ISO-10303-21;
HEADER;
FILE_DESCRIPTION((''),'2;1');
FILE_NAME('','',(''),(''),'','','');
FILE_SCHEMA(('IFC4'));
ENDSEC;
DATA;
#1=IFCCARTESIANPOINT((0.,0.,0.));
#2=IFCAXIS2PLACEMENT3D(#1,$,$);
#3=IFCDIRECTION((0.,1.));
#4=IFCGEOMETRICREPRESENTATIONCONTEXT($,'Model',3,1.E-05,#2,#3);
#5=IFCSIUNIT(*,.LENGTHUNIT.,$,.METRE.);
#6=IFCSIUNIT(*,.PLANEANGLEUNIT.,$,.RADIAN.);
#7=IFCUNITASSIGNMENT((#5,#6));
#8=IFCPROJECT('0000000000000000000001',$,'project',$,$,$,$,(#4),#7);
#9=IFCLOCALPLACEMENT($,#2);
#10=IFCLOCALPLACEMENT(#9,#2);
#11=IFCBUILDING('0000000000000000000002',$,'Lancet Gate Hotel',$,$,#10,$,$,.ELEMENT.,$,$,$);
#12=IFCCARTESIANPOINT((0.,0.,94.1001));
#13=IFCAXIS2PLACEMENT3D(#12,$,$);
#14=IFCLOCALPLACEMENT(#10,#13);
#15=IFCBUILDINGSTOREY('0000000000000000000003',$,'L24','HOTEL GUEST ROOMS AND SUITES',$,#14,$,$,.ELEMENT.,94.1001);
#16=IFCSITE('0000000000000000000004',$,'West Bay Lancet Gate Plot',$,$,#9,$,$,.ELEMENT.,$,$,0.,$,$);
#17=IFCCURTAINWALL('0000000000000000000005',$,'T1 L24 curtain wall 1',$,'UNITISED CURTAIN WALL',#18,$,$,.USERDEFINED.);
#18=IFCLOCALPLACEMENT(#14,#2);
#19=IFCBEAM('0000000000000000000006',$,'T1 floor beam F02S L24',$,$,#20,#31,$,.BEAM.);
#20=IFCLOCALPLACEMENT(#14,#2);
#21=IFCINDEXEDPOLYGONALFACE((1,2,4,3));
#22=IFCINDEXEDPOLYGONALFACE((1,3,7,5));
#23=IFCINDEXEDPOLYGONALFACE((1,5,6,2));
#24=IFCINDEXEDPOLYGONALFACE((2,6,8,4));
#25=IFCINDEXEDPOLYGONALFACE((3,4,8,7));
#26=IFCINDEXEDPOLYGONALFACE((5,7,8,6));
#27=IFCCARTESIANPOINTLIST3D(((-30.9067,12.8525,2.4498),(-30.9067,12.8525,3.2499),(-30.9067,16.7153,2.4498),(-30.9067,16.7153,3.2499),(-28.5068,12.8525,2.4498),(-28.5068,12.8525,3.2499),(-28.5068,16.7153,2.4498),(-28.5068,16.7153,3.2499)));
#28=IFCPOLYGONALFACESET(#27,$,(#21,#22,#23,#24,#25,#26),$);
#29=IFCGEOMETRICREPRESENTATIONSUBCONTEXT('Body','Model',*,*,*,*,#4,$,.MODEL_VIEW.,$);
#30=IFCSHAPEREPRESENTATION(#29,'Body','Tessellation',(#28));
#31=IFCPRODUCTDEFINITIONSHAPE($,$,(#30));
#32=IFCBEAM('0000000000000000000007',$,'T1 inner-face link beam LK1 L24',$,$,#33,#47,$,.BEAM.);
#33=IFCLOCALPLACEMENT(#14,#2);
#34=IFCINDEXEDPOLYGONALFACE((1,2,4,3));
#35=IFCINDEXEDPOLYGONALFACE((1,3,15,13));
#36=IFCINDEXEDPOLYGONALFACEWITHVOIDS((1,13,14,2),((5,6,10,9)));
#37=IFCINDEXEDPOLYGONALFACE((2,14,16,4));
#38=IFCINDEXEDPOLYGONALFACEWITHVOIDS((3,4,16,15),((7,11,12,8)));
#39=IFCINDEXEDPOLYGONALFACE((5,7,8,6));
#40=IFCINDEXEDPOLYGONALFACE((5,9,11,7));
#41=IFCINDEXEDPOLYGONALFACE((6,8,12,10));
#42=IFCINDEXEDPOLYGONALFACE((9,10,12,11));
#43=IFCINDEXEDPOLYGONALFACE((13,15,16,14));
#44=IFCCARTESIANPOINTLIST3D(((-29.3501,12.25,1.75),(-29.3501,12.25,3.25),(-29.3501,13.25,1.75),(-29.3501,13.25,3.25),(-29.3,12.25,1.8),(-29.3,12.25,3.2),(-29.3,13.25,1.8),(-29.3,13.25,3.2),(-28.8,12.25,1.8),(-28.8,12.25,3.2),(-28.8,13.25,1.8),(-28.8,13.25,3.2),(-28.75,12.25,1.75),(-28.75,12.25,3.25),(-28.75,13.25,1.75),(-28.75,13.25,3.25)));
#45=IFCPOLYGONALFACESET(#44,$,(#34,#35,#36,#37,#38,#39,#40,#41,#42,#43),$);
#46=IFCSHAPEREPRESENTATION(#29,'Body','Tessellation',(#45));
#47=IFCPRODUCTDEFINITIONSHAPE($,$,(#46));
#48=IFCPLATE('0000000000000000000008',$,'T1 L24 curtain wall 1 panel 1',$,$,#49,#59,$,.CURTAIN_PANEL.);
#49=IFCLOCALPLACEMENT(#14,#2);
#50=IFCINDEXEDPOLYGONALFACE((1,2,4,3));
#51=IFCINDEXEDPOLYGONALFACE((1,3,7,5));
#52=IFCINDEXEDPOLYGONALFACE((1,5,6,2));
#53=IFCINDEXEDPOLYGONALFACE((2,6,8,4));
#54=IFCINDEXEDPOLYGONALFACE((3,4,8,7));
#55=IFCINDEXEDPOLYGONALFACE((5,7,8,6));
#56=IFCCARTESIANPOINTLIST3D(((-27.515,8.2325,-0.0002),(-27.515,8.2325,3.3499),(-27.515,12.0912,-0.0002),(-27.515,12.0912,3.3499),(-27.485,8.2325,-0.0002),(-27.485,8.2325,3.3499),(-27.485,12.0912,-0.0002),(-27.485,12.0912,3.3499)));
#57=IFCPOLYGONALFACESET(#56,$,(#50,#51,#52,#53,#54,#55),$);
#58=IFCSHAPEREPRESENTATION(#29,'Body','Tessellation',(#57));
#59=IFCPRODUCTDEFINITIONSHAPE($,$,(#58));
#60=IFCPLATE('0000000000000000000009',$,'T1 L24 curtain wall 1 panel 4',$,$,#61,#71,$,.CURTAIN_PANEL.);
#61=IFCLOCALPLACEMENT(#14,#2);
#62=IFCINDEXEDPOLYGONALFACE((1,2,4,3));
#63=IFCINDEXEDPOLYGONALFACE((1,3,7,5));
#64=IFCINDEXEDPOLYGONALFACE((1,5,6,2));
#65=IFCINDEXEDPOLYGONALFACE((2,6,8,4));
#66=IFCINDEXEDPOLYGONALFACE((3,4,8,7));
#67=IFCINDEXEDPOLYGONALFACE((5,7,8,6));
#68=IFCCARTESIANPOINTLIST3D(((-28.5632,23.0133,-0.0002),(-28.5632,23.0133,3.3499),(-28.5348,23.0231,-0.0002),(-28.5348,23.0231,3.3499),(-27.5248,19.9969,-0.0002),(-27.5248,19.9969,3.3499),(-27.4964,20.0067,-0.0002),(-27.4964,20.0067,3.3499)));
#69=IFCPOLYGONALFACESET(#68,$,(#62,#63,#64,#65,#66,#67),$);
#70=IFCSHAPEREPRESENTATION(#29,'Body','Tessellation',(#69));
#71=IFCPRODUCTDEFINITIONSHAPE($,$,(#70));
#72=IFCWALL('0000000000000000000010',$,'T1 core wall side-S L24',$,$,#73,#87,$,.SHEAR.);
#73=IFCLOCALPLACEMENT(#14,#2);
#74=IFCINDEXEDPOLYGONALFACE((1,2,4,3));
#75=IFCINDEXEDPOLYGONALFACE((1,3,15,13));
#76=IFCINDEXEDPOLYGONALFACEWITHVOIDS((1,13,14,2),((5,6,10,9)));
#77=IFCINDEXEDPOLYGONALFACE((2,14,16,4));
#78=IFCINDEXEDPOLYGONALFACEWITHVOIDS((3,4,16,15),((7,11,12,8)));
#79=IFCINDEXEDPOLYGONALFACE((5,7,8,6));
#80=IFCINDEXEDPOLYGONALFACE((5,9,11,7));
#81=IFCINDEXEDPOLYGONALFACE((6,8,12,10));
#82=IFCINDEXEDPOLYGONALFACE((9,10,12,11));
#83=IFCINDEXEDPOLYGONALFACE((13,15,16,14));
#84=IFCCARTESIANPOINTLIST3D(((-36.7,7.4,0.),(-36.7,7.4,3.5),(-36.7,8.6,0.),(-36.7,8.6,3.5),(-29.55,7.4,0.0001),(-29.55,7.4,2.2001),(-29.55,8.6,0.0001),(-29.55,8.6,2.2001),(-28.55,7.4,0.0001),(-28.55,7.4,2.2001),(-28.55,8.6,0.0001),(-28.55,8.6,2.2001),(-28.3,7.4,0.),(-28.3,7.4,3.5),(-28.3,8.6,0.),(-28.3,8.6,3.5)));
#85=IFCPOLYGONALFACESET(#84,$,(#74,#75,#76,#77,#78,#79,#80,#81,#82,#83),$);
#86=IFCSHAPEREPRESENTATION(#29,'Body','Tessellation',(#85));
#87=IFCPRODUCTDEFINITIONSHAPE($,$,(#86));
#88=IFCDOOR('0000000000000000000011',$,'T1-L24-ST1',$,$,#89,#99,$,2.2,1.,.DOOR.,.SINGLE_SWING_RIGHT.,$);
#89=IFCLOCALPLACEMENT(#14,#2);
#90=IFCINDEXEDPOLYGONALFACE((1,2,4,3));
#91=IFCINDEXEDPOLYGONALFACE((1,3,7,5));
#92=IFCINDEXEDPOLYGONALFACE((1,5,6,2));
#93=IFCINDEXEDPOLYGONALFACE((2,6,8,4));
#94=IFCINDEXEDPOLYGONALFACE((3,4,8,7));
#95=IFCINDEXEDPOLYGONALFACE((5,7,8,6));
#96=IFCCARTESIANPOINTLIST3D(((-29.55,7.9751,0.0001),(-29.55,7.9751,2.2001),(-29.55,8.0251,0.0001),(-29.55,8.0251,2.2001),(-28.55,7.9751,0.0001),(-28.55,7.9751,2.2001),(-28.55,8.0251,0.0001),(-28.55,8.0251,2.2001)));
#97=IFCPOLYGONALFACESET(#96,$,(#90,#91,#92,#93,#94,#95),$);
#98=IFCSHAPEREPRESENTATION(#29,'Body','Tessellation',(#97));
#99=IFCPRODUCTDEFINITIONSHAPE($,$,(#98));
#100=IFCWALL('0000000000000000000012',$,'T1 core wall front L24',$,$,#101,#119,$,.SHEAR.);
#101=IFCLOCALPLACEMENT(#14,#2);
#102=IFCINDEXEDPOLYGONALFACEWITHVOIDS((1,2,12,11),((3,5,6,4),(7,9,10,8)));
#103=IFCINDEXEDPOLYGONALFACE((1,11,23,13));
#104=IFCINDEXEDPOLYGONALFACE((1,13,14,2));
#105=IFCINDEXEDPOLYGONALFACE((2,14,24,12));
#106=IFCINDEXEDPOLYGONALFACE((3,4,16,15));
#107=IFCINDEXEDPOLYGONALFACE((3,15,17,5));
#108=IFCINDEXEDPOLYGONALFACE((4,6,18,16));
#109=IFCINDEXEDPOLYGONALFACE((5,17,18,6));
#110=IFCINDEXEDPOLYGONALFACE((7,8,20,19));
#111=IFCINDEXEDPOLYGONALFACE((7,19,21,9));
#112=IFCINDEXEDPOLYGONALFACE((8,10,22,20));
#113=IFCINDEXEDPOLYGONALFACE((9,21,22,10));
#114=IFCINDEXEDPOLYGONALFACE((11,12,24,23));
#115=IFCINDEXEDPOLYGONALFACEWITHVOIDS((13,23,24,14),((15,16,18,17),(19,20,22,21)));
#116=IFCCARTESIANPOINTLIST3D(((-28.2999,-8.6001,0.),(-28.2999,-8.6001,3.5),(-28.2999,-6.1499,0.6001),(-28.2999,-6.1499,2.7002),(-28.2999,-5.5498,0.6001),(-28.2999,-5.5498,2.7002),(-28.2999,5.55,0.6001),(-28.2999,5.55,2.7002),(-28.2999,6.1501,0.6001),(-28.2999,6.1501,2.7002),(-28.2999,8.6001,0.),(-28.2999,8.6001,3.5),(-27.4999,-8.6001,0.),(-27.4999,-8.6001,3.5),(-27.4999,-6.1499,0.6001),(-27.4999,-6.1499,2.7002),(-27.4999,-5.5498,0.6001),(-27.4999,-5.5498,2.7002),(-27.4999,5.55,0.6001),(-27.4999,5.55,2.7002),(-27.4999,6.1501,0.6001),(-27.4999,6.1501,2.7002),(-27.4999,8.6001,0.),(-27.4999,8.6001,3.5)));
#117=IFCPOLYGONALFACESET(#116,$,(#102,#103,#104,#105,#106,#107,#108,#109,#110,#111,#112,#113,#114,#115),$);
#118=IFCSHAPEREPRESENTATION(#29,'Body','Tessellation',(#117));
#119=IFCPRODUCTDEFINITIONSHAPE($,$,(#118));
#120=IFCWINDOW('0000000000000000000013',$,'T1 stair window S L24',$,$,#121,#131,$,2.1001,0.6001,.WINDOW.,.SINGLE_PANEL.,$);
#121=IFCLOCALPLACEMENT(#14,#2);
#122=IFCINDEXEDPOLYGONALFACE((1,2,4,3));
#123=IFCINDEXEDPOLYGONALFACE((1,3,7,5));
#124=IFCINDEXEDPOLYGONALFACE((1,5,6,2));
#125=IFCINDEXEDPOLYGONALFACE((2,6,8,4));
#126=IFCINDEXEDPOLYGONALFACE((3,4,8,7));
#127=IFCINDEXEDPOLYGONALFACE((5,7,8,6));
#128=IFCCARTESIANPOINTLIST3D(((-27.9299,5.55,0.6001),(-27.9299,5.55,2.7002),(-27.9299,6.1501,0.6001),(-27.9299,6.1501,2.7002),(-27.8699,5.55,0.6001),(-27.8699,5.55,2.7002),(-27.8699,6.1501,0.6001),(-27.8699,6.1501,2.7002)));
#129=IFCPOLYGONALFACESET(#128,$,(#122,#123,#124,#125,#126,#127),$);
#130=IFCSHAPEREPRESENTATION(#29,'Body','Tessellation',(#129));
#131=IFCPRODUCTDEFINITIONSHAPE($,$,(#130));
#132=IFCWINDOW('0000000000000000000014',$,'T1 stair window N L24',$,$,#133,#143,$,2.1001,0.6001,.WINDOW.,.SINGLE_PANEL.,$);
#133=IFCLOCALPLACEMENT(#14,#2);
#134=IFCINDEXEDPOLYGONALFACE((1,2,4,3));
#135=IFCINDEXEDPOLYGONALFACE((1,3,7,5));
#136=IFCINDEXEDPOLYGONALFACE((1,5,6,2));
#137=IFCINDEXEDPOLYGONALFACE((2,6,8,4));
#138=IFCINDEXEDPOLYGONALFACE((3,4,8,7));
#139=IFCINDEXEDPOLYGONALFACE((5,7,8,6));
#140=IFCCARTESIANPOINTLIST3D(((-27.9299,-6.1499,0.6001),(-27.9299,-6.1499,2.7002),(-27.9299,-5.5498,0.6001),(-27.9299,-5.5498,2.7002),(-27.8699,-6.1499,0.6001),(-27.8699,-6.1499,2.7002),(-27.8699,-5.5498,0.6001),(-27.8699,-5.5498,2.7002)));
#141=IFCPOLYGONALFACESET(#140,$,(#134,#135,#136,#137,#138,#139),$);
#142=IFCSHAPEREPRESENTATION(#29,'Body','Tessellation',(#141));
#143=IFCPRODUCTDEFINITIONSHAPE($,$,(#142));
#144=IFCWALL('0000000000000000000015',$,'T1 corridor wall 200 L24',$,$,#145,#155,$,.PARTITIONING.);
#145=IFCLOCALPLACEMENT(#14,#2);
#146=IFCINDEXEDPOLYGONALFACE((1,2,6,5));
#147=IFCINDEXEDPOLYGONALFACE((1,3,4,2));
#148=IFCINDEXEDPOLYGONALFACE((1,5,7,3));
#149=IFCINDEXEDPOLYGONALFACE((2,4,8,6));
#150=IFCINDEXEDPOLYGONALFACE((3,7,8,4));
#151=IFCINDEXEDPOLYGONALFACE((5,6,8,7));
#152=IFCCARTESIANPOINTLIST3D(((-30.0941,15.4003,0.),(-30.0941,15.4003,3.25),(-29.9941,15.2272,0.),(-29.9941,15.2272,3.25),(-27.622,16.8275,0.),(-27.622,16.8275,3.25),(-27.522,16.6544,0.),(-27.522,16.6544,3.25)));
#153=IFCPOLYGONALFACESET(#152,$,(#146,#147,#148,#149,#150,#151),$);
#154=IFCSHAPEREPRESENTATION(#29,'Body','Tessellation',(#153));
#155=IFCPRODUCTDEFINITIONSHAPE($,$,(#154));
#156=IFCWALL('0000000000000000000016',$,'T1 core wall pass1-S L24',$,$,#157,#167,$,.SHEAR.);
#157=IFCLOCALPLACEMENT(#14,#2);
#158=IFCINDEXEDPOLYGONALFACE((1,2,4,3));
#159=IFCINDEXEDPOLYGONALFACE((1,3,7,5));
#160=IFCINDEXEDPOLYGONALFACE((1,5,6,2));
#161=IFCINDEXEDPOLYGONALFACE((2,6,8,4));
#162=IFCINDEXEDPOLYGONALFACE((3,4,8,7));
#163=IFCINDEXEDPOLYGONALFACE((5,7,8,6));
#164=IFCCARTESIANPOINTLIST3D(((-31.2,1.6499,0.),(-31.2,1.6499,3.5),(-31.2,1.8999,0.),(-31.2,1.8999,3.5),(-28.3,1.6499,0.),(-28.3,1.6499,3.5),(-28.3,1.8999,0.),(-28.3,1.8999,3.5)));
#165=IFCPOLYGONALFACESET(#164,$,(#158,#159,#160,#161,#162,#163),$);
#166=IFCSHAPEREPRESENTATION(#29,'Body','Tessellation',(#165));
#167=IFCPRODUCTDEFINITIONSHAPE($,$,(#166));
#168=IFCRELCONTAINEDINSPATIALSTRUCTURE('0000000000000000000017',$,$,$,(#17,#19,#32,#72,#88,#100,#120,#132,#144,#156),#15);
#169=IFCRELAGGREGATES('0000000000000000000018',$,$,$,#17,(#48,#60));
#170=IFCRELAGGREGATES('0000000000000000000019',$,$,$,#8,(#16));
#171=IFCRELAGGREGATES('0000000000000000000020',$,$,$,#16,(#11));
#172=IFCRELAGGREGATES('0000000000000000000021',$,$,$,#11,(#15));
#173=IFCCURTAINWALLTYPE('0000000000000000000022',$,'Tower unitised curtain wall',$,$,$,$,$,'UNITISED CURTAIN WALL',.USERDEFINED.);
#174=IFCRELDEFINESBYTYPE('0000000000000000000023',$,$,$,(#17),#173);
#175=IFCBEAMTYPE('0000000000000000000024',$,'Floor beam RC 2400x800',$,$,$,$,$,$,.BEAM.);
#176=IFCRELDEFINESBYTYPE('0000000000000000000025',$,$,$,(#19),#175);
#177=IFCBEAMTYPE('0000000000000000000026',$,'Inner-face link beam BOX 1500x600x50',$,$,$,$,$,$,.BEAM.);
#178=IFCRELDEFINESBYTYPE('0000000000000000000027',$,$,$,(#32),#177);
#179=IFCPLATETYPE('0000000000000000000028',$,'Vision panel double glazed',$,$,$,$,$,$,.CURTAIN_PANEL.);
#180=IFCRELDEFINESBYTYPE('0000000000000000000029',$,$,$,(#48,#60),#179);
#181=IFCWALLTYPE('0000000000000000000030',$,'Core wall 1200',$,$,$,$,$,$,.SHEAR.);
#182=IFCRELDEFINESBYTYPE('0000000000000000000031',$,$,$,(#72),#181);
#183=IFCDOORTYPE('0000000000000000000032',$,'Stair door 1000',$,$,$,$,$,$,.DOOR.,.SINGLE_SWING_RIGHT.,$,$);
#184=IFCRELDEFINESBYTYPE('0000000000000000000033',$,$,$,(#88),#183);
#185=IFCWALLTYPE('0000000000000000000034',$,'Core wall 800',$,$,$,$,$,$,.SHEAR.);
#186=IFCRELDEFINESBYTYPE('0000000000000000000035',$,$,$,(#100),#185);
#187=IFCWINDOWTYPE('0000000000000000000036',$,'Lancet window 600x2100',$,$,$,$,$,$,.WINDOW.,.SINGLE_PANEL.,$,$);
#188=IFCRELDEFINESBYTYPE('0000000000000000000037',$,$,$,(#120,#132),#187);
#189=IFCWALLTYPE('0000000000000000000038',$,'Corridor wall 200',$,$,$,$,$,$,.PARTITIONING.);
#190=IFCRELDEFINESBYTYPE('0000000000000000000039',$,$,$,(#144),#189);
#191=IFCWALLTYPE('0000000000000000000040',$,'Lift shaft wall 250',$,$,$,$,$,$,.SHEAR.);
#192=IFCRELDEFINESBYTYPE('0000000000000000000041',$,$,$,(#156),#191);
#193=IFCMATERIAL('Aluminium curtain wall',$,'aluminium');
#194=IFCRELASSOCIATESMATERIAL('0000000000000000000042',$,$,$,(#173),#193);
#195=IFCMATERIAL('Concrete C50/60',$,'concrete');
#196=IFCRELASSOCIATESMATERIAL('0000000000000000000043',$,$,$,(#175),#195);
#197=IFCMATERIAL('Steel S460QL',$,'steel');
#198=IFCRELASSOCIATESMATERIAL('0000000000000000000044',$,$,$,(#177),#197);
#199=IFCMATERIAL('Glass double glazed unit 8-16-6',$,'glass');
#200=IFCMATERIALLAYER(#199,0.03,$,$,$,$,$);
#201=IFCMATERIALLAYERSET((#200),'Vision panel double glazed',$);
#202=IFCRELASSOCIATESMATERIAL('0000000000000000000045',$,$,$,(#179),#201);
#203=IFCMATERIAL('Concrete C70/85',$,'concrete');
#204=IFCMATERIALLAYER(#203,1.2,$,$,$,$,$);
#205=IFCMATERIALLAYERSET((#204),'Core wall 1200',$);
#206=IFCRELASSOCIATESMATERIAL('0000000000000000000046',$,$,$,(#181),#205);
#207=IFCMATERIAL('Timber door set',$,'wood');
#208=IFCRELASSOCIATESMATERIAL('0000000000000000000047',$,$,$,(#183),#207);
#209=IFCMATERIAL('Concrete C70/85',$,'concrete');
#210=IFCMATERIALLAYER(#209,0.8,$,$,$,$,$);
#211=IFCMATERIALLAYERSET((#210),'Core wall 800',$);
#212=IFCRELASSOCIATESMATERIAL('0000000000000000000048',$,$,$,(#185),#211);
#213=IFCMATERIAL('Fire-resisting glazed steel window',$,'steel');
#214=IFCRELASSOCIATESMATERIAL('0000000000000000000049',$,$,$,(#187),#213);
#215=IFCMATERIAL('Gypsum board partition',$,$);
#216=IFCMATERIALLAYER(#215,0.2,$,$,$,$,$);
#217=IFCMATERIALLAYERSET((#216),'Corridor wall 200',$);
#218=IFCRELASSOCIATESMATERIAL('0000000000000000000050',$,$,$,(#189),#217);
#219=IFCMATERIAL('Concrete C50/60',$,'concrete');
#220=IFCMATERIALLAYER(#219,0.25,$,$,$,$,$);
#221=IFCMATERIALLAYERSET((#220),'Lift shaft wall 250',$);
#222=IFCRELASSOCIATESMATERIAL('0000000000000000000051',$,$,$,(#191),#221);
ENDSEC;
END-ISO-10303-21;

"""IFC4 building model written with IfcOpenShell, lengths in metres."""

from ifc_helpers import new_model, si_unit, direction, frame, frame_2d, origin, origin_2d, place, context, subcontext, project, spatial, rectangle, hollow_rectangle, extrude, material, layer, layer_set, material_profile, profile_set, type_object, element, fill, aggregate, save


model = new_model("IFC4")

# Units and contexts
model_context = context("Model", 3, precision=1e-05, world=origin(), true_north=direction((0.0, 1.0)))
body_context = subcontext(model_context, "Body", "Model", "MODEL_VIEW")
ifc_project = project(units=[si_unit("LENGTHUNIT", "METRE"), si_unit("PLANEANGLEUNIT", "RADIAN")], contexts=[model_context])

# Site, building, storey
site_placement = place(None, origin())
site = spatial("IfcSite", under=ifc_project, at=site_placement, Name="West Bay Lancet Gate Plot", CompositionType="ELEMENT", RefElevation=0.0)
building_placement = place(site_placement, origin())
building = spatial("IfcBuilding", under=site, at=building_placement, Name="Lancet Gate Hotel", CompositionType="ELEMENT")
storey_placement = place(building_placement, frame((0.0, 0.0, 94.1001)))
storey = spatial("IfcBuildingStorey", under=building, at=storey_placement, Name="L24", Description="HOTEL GUEST ROOMS AND SUITES", CompositionType="ELEMENT", Elevation=94.1001)

# Curtain wall
ifc_material_1 = material(Name="Aluminium curtain wall", Category="aluminium")
curtain_wall_type = type_object("IfcCurtainWallType", Name="Tower unitised curtain wall", ElementType="UNITISED CURTAIN WALL", PredefinedType="USERDEFINED", material=ifc_material_1)
curtain_wall_placement = place(storey_placement, origin())
curtain_wall = element("IfcCurtainWall", 1, at=curtain_wall_placement, inside=storey, type_object=curtain_wall_type, Name="T1 L24 curtain wall 1", ObjectType="UNITISED CURTAIN WALL", PredefinedType="USERDEFINED")

# Beams
ifc_material_2 = material(Name="Concrete C50/60", Category="concrete")
ifc_material_profile_1 = material_profile(ifc_material_2, rectangle(XDim=2.3999, YDim=0.8, at=origin_2d()), Name="RC 2400x800")
ifc_profile_set_1 = profile_set([ifc_material_profile_1], Name="Concrete C50/60")
beam_type_1 = type_object("IfcBeamType", Name="Floor beam RC 2400x800", PredefinedType="BEAM", material=ifc_profile_set_1)
beam_1_placement = place(storey_placement, frame((-29.7068, 16.7153, 2.8499), z_axis=(0.0, -1.0, 0.0), x_axis=(1.0, 0.0, 0.0)))
element("IfcBeam", 2, at=beam_1_placement, inside=storey, type_object=beam_type_1, Name="T1 floor beam F02S L24", PredefinedType="BEAM", context=body_context, shape_type="SweptSolid", body=[
    extrude(rectangle(XDim=2.3999, YDim=0.8, at=origin_2d()), origin(), (0.0, 0.0, 1.0), 3.8628),
])
ifc_material_3 = material(Name="Steel S460QL", Category="steel")
ifc_material_profile_2 = material_profile(ifc_material_3, hollow_rectangle(XDim=0.6001, YDim=1.5, WallThickness=0.05, at=origin_2d()), Name="BOX 1500x600x50")
ifc_profile_set_2 = profile_set([ifc_material_profile_2], Name="Steel S460QL")
beam_type_2 = type_object("IfcBeamType", Name="Inner-face link beam BOX 1500x600x50", PredefinedType="BEAM", material=ifc_profile_set_2)
beam_2_placement = place(storey_placement, frame((-29.05, 13.25, 2.5), z_axis=(0.0, -1.0, 0.0), x_axis=(1.0, 0.0, 0.0)))
element("IfcBeam", 3, at=beam_2_placement, inside=storey, type_object=beam_type_2, Name="T1 inner-face link beam LK1 L24", PredefinedType="BEAM", context=body_context, shape_type="SweptSolid", body=[
    extrude(hollow_rectangle(XDim=0.6001, YDim=1.5, WallThickness=0.05, at=origin_2d()), origin(), (0.0, 0.0, 1.0), 1.0),
])

# Plates
ifc_material_4 = material(Name="Glass double glazed unit 8-16-6", Category="glass")
ifc_layer_1 = layer(ifc_material_4, 0.03)
ifc_layer_set_1 = layer_set([ifc_layer_1], Name="Vision panel double glazed")
plate_type = type_object("IfcPlateType", Name="Vision panel double glazed", PredefinedType="CURTAIN_PANEL", material=ifc_layer_set_1)
plate_1_placement = place(storey_placement, frame((-27.5, 10.1619, -0.0002), z_axis=(0.0, 0.0, 1.0), x_axis=(0.0, 1.0, 0.0)))
plate_1 = element("IfcPlate", 4, at=plate_1_placement, type_object=plate_type, Name="T1 L24 curtain wall 1 panel 1", PredefinedType="CURTAIN_PANEL", context=body_context, shape_type="SweptSolid", body=[
    extrude(rectangle(XDim=3.8586, YDim=0.03, at=origin_2d()), origin(), (0.0, 0.0, 1.0), 3.3501),
])
plate_2_placement = place(storey_placement, frame((-28.0298, 21.51, -0.0002), z_axis=(0.0, 0.0, 1.0), x_axis=(-0.325516, 0.945537, 0.0)))
plate_2 = element("IfcPlate", 5, at=plate_2_placement, type_object=plate_type, Name="T1 L24 curtain wall 1 panel 4", PredefinedType="CURTAIN_PANEL", context=body_context, shape_type="SweptSolid", body=[
    extrude(rectangle(XDim=3.1902, YDim=0.03, at=origin_2d()), origin(), (0.0, 0.0, 1.0), 3.3501),
])
aggregate(curtain_wall, [plate_1, plate_2])

# Wall, opening, door
ifc_material_5 = material(Name="Concrete C70/85", Category="concrete")
ifc_layer_2 = layer(ifc_material_5, 1.2)
ifc_layer_set_2 = layer_set([ifc_layer_2], Name="Core wall 1200")
wall_type_1 = type_object("IfcWallType", Name="Core wall 1200", PredefinedType="SHEAR", material=ifc_layer_set_2)
wall_1_placement = place(storey_placement, frame((-28.3, 8.0, 0.0), z_axis=(0.0, 0.0, 1.0), x_axis=(-1.0, 0.0, 0.0)))
wall_1 = element("IfcWall", 6, at=wall_1_placement, inside=storey, type_object=wall_type_1, Name="T1 core wall side-S L24", PredefinedType="SHEAR", context=body_context, shape_type="SweptSolid", body=[
    extrude(rectangle(XDim=8.3999, YDim=1.2, at=frame_2d((4.2, 0.0))), origin(), (0.0, 0.0, 1.0), 3.5),
])
opening_1_placement = place(wall_1_placement, frame((0.25, 0.0, 0.0)))
opening_1 = element("IfcOpeningElement", 7, at=opening_1_placement, cuts=wall_1, PredefinedType="OPENING", context=body_context, shape_type="SweptSolid", body=[
    extrude(rectangle(XDim=1.0, YDim=2.2, at=frame_2d((0.5, 1.1001))), frame((0.0, 0.6099, 0.0), z_axis=(0.0, -1.0, 0.0), x_axis=(1.0, 0.0, 0.0)), (0.0, 0.0, 1.0), 1.22),
])
ifc_material_6 = material(Name="Timber door set", Category="wood")
door_type = type_object("IfcDoorType", Name="Stair door 1000", OperationType="SINGLE_SWING_RIGHT", PredefinedType="DOOR", material=ifc_material_6)
door_placement = place(opening_1_placement, origin())
door = element("IfcDoor", 8, at=door_placement, inside=storey, type_object=door_type, Name="T1-L24-ST1", OperationType="SINGLE_SWING_RIGHT", OverallHeight=2.2, OverallWidth=1.0, PredefinedType="DOOR", context=body_context, shape_type="SweptSolid", body=[
    extrude(rectangle(XDim=1.0, YDim=2.2, at=frame_2d((0.5, 1.1001))), frame((0.0, 0.0249, 0.0), z_axis=(0.0, -1.0, 0.0), x_axis=(1.0, 0.0, 0.0)), (0.0, 0.0, 1.0), 0.05),
])
fill(opening_1, door)

# Wall, openings, windows
ifc_material_7 = material(Name="Concrete C70/85", Category="concrete")
ifc_layer_3 = layer(ifc_material_7, 0.8)
ifc_layer_set_3 = layer_set([ifc_layer_3], Name="Core wall 800")
wall_type_2 = type_object("IfcWallType", Name="Core wall 800", PredefinedType="SHEAR", material=ifc_layer_set_3)
wall_2_placement = place(storey_placement, frame((-27.8999, 8.6001, 0.0), z_axis=(0.0, 0.0, 1.0), x_axis=(0.0, -1.0, 0.0)))
wall_2 = element("IfcWall", 9, at=wall_2_placement, inside=storey, type_object=wall_type_2, Name="T1 core wall front L24", PredefinedType="SHEAR", context=body_context, shape_type="SweptSolid", body=[
    extrude(rectangle(XDim=17.2002, YDim=0.8, at=frame_2d((8.6001, 0.0))), origin(), (0.0, 0.0, 1.0), 3.5),
])
opening_2_placement = place(wall_2_placement, frame((2.45, 0.0, 0.6001)))
opening_2 = element("IfcOpeningElement", 10, at=opening_2_placement, cuts=wall_2, PredefinedType="OPENING", context=body_context, shape_type="SweptSolid", body=[
    extrude(rectangle(XDim=0.6001, YDim=2.1001, at=frame_2d((0.3, 1.05))), frame((0.0, 0.4099, 0.0), z_axis=(0.0, -1.0, 0.0), x_axis=(1.0, 0.0, 0.0)), (0.0, 0.0, 1.0), 0.8201),
])
opening_3_placement = place(wall_2_placement, frame((14.1499, 0.0, 0.6001)))
opening_3 = element("IfcOpeningElement", 11, at=opening_3_placement, cuts=wall_2, PredefinedType="OPENING", context=body_context, shape_type="SweptSolid", body=[
    extrude(rectangle(XDim=0.6001, YDim=2.1001, at=frame_2d((0.3, 1.05))), frame((0.0, 0.4099, 0.0), z_axis=(0.0, -1.0, 0.0), x_axis=(1.0, 0.0, 0.0)), (0.0, 0.0, 1.0), 0.8201),
])
ifc_material_8 = material(Name="Fire-resisting glazed steel window", Category="steel")
window_type = type_object("IfcWindowType", Name="Lancet window 600x2100", PartitioningType="SINGLE_PANEL", PredefinedType="WINDOW", material=ifc_material_8)
window_1_placement = place(opening_2_placement, origin())
window_1 = element("IfcWindow", 12, at=window_1_placement, inside=storey, type_object=window_type, Name="T1 stair window S L24", OverallHeight=2.1001, OverallWidth=0.6001, PartitioningType="SINGLE_PANEL", PredefinedType="WINDOW", context=body_context, shape_type="SweptSolid", body=[
    extrude(rectangle(XDim=0.6001, YDim=2.1001, at=frame_2d((0.3, 1.05))), frame((0.0, 0.03, 0.0), z_axis=(0.0, -1.0, 0.0), x_axis=(1.0, 0.0, 0.0)), (0.0, 0.0, 1.0), 0.0601),
])
fill(opening_2, window_1)
window_2_placement = place(opening_3_placement, origin())
window_2 = element("IfcWindow", 13, at=window_2_placement, inside=storey, type_object=window_type, Name="T1 stair window N L24", OverallHeight=2.1001, OverallWidth=0.6001, PartitioningType="SINGLE_PANEL", PredefinedType="WINDOW", context=body_context, shape_type="SweptSolid", body=[
    extrude(rectangle(XDim=0.6001, YDim=2.1001, at=frame_2d((0.3, 1.05))), frame((0.0, 0.03, 0.0), z_axis=(0.0, -1.0, 0.0), x_axis=(1.0, 0.0, 0.0)), (0.0, 0.0, 1.0), 0.0601),
])
fill(opening_3, window_2)

# Walls
ifc_material_9 = material(Name="Gypsum board partition")
ifc_layer_4 = layer(ifc_material_9, 0.2)
ifc_layer_set_4 = layer_set([ifc_layer_4], Name="Corridor wall 200")
wall_type_3 = type_object("IfcWallType", Name="Corridor wall 200", PredefinedType="PARTITIONING", material=ifc_layer_set_4)
wall_3_placement = place(storey_placement, frame((-27.572, 16.741, 0.0), z_axis=(0.0, 0.0, 1.0), x_axis=(-0.866035, -0.499984, 0.0)))
element("IfcWall", 14, at=wall_3_placement, inside=storey, type_object=wall_type_3, Name="T1 corridor wall 200 L24", PredefinedType="PARTITIONING", context=body_context, shape_type="SweptSolid", body=[
    extrude(rectangle(XDim=2.8545, YDim=0.2, at=frame_2d((1.4272, 0.0))), origin(), (0.0, 0.0, 1.0), 3.25),
])
ifc_material_10 = material(Name="Concrete C50/60", Category="concrete")
ifc_layer_5 = layer(ifc_material_10, 0.25)
ifc_layer_set_5 = layer_set([ifc_layer_5], Name="Lift shaft wall 250")
wall_type_4 = type_object("IfcWallType", Name="Lift shaft wall 250", PredefinedType="SHEAR", material=ifc_layer_set_5)
wall_4_placement = place(storey_placement, frame((-28.3, 1.7749, 0.0), z_axis=(0.0, 0.0, 1.0), x_axis=(-1.0, 0.0, 0.0)))
element("IfcWall", 15, at=wall_4_placement, inside=storey, type_object=wall_type_4, Name="T1 core wall pass1-S L24", PredefinedType="SHEAR", context=body_context, shape_type="SweptSolid", body=[
    extrude(rectangle(XDim=2.8999, YDim=0.25, at=frame_2d((1.45, 0.0))), origin(), (0.0, 0.0, 1.0), 3.5),
])

save(model, "model.ifc")
